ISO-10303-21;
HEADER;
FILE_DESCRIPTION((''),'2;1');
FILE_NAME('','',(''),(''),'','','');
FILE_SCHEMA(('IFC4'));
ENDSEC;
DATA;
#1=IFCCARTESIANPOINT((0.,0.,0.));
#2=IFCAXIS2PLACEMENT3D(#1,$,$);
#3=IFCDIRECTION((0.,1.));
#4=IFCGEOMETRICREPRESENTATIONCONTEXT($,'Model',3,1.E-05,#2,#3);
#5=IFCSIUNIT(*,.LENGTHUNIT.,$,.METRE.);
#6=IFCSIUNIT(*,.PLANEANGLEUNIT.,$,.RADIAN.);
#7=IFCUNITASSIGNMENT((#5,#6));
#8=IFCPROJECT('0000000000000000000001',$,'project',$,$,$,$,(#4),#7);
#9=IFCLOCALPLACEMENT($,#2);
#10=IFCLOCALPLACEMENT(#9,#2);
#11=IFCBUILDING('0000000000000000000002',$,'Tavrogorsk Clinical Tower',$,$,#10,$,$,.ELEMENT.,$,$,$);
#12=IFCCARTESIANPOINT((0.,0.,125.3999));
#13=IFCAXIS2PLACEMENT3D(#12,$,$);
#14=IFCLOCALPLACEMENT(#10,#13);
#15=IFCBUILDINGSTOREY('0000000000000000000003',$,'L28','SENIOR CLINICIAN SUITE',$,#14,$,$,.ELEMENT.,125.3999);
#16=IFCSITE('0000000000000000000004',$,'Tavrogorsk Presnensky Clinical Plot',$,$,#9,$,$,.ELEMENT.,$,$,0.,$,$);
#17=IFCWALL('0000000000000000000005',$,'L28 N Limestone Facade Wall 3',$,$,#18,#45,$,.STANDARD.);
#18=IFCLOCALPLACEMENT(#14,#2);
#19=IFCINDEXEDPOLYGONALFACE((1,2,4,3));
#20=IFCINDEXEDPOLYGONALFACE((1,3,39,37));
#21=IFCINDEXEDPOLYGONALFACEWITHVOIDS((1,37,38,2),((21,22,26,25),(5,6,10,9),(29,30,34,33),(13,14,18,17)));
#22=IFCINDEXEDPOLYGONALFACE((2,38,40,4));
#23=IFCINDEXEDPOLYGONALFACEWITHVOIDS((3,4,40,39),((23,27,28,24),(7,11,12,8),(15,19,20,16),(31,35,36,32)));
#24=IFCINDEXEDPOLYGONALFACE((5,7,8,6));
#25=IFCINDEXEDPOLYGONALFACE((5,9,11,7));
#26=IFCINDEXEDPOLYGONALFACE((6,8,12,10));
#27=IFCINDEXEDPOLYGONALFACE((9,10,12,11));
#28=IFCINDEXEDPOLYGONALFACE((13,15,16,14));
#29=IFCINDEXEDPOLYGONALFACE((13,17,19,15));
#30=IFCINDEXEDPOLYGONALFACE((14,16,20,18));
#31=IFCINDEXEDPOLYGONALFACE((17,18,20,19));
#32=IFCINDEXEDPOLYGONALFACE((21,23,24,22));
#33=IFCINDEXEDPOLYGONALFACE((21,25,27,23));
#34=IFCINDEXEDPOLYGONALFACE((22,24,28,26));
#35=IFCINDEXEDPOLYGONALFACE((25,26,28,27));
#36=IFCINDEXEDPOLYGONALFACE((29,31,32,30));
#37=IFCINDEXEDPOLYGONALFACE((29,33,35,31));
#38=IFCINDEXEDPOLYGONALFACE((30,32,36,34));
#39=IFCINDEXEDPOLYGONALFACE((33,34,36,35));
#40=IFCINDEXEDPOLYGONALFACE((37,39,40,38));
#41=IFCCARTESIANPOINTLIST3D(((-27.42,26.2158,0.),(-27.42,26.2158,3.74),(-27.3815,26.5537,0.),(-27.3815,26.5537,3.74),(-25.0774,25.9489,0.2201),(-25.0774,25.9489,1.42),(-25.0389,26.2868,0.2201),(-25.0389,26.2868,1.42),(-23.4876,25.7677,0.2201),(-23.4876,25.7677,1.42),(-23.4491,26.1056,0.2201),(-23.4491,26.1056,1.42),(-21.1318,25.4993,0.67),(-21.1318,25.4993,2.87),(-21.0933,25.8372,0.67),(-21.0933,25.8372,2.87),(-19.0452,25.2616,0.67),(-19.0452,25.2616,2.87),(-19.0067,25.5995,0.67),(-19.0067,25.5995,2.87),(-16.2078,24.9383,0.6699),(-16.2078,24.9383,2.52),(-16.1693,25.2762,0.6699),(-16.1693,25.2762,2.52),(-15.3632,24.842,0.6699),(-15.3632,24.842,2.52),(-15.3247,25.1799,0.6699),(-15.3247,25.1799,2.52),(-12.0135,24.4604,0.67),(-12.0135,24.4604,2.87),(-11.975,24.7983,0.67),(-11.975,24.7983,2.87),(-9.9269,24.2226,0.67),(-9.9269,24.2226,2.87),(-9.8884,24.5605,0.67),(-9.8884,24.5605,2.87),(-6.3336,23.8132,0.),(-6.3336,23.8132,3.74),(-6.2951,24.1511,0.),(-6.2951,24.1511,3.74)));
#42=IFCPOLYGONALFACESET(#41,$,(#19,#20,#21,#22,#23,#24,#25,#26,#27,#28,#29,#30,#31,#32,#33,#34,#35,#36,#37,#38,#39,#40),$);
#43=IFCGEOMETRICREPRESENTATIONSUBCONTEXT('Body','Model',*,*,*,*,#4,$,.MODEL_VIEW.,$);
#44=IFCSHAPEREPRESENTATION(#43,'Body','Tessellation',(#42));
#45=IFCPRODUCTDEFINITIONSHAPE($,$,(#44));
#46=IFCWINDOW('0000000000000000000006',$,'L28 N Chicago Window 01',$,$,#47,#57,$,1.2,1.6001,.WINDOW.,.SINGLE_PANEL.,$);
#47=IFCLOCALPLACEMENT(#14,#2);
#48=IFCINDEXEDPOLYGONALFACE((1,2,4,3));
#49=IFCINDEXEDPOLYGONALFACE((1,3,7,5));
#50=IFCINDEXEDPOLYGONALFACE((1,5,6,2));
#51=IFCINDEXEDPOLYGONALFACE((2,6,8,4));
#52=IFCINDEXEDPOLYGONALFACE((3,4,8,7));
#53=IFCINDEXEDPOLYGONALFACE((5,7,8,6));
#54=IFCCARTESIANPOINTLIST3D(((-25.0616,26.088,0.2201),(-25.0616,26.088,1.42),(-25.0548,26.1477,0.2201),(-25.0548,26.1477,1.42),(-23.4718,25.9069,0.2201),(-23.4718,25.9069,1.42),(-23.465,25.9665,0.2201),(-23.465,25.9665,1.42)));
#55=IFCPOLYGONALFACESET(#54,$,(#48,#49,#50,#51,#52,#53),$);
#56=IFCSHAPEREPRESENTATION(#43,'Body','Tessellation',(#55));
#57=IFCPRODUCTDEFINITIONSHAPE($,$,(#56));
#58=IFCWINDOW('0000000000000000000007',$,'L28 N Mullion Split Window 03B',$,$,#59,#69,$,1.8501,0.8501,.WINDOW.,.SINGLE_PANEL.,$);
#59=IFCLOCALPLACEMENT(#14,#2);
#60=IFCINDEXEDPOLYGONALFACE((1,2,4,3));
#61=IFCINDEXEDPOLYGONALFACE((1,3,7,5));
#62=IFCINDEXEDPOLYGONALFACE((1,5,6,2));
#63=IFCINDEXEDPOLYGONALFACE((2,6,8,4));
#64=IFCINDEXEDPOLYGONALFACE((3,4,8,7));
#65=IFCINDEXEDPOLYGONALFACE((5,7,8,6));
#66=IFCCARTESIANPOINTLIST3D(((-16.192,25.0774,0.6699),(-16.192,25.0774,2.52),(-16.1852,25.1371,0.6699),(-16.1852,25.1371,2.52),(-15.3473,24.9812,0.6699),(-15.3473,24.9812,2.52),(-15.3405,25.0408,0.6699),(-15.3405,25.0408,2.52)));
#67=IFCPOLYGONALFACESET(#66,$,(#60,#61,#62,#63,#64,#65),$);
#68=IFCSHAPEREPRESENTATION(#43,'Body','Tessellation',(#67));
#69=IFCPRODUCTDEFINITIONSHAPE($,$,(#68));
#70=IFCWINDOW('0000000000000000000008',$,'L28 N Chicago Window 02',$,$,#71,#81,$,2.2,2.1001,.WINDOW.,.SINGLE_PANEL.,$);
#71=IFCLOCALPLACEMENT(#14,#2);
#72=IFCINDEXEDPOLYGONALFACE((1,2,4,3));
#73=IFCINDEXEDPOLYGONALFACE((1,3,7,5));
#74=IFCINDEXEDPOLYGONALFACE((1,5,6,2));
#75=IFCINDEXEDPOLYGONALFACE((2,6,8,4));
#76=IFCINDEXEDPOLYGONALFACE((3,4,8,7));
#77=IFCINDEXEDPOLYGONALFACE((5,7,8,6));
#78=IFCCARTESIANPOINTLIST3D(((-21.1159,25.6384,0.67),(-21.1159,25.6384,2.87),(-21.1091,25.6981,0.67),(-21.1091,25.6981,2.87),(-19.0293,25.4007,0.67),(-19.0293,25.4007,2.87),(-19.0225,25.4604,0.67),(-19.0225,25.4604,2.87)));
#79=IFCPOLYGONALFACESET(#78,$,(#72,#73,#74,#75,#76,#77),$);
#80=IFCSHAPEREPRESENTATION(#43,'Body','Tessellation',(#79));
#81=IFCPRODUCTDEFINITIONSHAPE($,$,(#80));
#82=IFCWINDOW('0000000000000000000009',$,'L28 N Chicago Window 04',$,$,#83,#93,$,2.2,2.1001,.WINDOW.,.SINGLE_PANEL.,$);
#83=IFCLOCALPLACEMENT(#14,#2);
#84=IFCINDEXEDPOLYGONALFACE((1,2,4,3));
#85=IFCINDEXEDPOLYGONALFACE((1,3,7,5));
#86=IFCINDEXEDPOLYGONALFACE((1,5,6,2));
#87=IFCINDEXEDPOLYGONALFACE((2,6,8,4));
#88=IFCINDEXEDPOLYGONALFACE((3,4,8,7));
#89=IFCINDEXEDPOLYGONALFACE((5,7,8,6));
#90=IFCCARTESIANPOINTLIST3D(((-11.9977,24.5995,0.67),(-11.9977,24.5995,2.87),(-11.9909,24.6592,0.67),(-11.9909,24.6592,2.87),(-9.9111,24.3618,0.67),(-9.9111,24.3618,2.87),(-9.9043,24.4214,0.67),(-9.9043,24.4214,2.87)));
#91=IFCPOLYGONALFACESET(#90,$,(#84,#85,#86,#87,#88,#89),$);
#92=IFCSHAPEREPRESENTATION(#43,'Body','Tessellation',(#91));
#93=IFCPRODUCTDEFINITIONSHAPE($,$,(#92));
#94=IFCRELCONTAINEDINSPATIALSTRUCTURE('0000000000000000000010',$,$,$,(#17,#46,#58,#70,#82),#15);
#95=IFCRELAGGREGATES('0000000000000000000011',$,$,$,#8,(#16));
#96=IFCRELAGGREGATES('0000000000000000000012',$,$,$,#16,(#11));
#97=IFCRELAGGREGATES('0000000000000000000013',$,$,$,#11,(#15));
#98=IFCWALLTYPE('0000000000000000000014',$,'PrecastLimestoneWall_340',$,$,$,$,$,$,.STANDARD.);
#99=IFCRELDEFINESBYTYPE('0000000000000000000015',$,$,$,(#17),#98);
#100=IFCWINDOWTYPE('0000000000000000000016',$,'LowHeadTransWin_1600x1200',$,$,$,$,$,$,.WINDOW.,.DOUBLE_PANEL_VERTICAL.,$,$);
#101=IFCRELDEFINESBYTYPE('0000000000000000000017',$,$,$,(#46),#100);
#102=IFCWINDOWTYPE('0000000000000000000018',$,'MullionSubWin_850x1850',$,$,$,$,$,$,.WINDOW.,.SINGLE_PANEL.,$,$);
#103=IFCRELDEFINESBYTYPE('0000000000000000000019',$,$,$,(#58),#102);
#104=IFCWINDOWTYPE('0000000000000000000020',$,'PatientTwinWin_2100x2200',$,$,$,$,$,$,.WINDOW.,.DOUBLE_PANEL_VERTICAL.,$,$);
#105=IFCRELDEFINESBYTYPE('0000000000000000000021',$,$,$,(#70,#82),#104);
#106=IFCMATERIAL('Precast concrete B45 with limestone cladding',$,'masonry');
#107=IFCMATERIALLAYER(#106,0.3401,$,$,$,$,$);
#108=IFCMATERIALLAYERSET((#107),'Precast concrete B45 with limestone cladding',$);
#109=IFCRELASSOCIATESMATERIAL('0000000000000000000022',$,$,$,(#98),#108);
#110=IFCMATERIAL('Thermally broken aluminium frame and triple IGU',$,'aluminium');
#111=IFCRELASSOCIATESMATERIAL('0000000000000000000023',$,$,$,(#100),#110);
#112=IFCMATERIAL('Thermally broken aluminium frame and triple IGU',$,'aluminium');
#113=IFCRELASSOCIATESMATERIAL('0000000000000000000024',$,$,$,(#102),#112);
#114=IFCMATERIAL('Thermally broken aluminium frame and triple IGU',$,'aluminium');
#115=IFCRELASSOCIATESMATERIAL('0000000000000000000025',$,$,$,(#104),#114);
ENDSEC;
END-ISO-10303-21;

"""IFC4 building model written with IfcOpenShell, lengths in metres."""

from ifc_helpers import new_model, si_unit, direction, frame, frame_2d, origin, place, context, subcontext, project, spatial, rectangle, extrude, material, layer, layer_set, type_object, element, fill, save


model = new_model("IFC4")

# Units and contexts
model_context = context("Model", 3, precision=1e-05, world=origin(), true_north=direction((0.0, 1.0)))
body_context = subcontext(model_context, "Body", "Model", "MODEL_VIEW")
ifc_project = project(units=[si_unit("LENGTHUNIT", "METRE"), si_unit("PLANEANGLEUNIT", "RADIAN")], contexts=[model_context])

# Site, building, storey
site_placement = place(None, origin())
site = spatial("IfcSite", under=ifc_project, at=site_placement, Name="Tavrogorsk Presnensky Clinical Plot", CompositionType="ELEMENT", RefElevation=0.0)
building_placement = place(site_placement, origin())
building = spatial("IfcBuilding", under=site, at=building_placement, Name="Tavrogorsk Clinical Tower", CompositionType="ELEMENT")
storey_placement = place(building_placement, frame((0.0, 0.0, 125.3999)))
storey = spatial("IfcBuildingStorey", under=building, at=storey_placement, Name="L28", Description="SENIOR CLINICIAN SUITE", CompositionType="ELEMENT", Elevation=125.3999)

# Wall, openings, windows
ifc_material_1 = material(Name="Precast concrete B45 with limestone cladding", Category="masonry")
ifc_layer_1 = layer(ifc_material_1, 0.3401)
ifc_layer_set_1 = layer_set([ifc_layer_1], Name="Precast concrete B45 with limestone cladding")
wall_type_1 = type_object("IfcWallType", Name="PrecastLimestoneWall_340", PredefinedType="STANDARD", material=ifc_layer_set_1)
wall_1_placement = place(storey_placement, frame((-6.3145, 23.9822, 0.0), z_axis=(0.0, 0.0, 1.0), x_axis=(-0.993571, 0.113208, 0.0)))
wall_1 = element("IfcWall", 1, at=wall_1_placement, inside=storey, type_object=wall_type_1, Name="L28 N Limestone Facade Wall 3", PredefinedType="STANDARD", context=body_context, shape_type="SweptSolid", body=[
    extrude(rectangle(XDim=21.2229, YDim=0.3401, at=frame_2d((10.6113, 0.0))), origin(), (0.0, 0.0, 1.0), 3.74),
])
opening_1_placement = place(wall_1_placement, frame((17.2649, 0.0, 0.22)))
opening_1 = element("IfcOpeningElement", 2, at=opening_1_placement, cuts=wall_1, PredefinedType="OPENING", context=body_context, shape_type="SweptSolid", body=[
    extrude(rectangle(XDim=1.6001, YDim=1.2, at=frame_2d((0.8, 0.6001))), frame((0.0, 0.1799, 0.0), z_axis=(0.0, -1.0, 0.0), x_axis=(1.0, 0.0, 0.0)), (0.0, 0.0, 1.0), 0.3601),
])
opening_2_placement = place(wall_1_placement, frame((12.7937, 0.0, 0.6699)))
opening_2 = element("IfcOpeningElement", 3, at=opening_2_placement, cuts=wall_1, PredefinedType="OPENING", context=body_context, shape_type="SweptSolid", body=[
    extrude(rectangle(XDim=2.1001, YDim=2.2, at=frame_2d((1.05, 1.1001))), frame((0.0, 0.1799, 0.0), z_axis=(0.0, -1.0, 0.0), x_axis=(1.0, 0.0, 0.0)), (0.0, 0.0, 1.0), 0.3601),
])
opening_3_placement = place(wall_1_placement, frame((9.0879, 0.0, 0.6699)))
opening_3 = element("IfcOpeningElement", 4, at=opening_3_placement, cuts=wall_1, PredefinedType="OPENING", context=body_context, shape_type="SweptSolid", body=[
    extrude(rectangle(XDim=0.8501, YDim=1.8501, at=frame_2d((0.425, 0.925))), frame((0.0, 0.1799, 0.0), z_axis=(0.0, -1.0, 0.0), x_axis=(1.0, 0.0, 0.0)), (0.0, 0.0, 1.0), 0.3601),
])
opening_4_placement = place(wall_1_placement, frame((3.6165, 0.0, 0.6699)))
opening_4 = element("IfcOpeningElement", 5, at=opening_4_placement, cuts=wall_1, PredefinedType="OPENING", context=body_context, shape_type="SweptSolid", body=[
    extrude(rectangle(XDim=2.1001, YDim=2.2, at=frame_2d((1.05, 1.1001))), frame((0.0, 0.1799, 0.0), z_axis=(0.0, -1.0, 0.0), x_axis=(1.0, 0.0, 0.0)), (0.0, 0.0, 1.0), 0.3601),
])
ifc_material_2 = material(Name="Thermally broken aluminium frame and triple IGU", Category="aluminium")
window_type_1 = type_object("IfcWindowType", Name="LowHeadTransWin_1600x1200", PartitioningType="DOUBLE_PANEL_VERTICAL", PredefinedType="WINDOW", material=ifc_material_2)
window_1_placement = place(opening_1_placement, origin())
window_1 = element("IfcWindow", 6, at=window_1_placement, inside=storey, type_object=window_type_1, Name="L28 N Chicago Window 01", OverallHeight=1.2, OverallWidth=1.6001, PartitioningType="SINGLE_PANEL", PredefinedType="WINDOW", context=body_context, shape_type="SweptSolid", body=[
    extrude(rectangle(XDim=1.6001, YDim=1.2, at=frame_2d((0.8, 0.6001))), frame((0.0, 0.03, 0.0), z_axis=(0.0, -1.0, 0.0), x_axis=(1.0, 0.0, 0.0)), (0.0, 0.0, 1.0), 0.0601),
])
fill(opening_1, window_1)
ifc_material_3 = material(Name="Thermally broken aluminium frame and triple IGU", Category="aluminium")
window_type_2 = type_object("IfcWindowType", Name="MullionSubWin_850x1850", PartitioningType="SINGLE_PANEL", PredefinedType="WINDOW", material=ifc_material_3)
window_2_placement = place(opening_3_placement, origin())
window_2 = element("IfcWindow", 7, at=window_2_placement, inside=storey, type_object=window_type_2, Name="L28 N Mullion Split Window 03B", OverallHeight=1.8501, OverallWidth=0.8501, PartitioningType="SINGLE_PANEL", PredefinedType="WINDOW", context=body_context, shape_type="SweptSolid", body=[
    extrude(rectangle(XDim=0.8501, YDim=1.8501, at=frame_2d((0.425, 0.925))), frame((0.0, 0.03, 0.0), z_axis=(0.0, -1.0, 0.0), x_axis=(1.0, 0.0, 0.0)), (0.0, 0.0, 1.0), 0.0601),
])
fill(opening_3, window_2)
ifc_material_4 = material(Name="Thermally broken aluminium frame and triple IGU", Category="aluminium")
window_type_3 = type_object("IfcWindowType", Name="PatientTwinWin_2100x2200", PartitioningType="DOUBLE_PANEL_VERTICAL", PredefinedType="WINDOW", material=ifc_material_4)
window_3_placement = place(opening_2_placement, origin())
window_3 = element("IfcWindow", 8, at=window_3_placement, inside=storey, type_object=window_type_3, Name="L28 N Chicago Window 02", OverallHeight=2.2, OverallWidth=2.1001, PartitioningType="SINGLE_PANEL", PredefinedType="WINDOW", context=body_context, shape_type="SweptSolid", body=[
    extrude(rectangle(XDim=2.1001, YDim=2.2, at=frame_2d((1.05, 1.1001))), frame((0.0, 0.03, 0.0), z_axis=(0.0, -1.0, 0.0), x_axis=(1.0, 0.0, 0.0)), (0.0, 0.0, 1.0), 0.0601),
])
fill(opening_2, window_3)
window_4_placement = place(opening_4_placement, origin())
window_4 = element("IfcWindow", 9, at=window_4_placement, inside=storey, type_object=window_type_3, Name="L28 N Chicago Window 04", OverallHeight=2.2, OverallWidth=2.1001, PartitioningType="SINGLE_PANEL", PredefinedType="WINDOW", context=body_context, shape_type="SweptSolid", body=[
    extrude(rectangle(XDim=2.1001, YDim=2.2, at=frame_2d((1.05, 1.1001))), frame((0.0, 0.03, 0.0), z_axis=(0.0, -1.0, 0.0), x_axis=(1.0, 0.0, 0.0)), (0.0, 0.0, 1.0), 0.0601),
])
fill(opening_4, window_4)

save(model, "model.ifc")
